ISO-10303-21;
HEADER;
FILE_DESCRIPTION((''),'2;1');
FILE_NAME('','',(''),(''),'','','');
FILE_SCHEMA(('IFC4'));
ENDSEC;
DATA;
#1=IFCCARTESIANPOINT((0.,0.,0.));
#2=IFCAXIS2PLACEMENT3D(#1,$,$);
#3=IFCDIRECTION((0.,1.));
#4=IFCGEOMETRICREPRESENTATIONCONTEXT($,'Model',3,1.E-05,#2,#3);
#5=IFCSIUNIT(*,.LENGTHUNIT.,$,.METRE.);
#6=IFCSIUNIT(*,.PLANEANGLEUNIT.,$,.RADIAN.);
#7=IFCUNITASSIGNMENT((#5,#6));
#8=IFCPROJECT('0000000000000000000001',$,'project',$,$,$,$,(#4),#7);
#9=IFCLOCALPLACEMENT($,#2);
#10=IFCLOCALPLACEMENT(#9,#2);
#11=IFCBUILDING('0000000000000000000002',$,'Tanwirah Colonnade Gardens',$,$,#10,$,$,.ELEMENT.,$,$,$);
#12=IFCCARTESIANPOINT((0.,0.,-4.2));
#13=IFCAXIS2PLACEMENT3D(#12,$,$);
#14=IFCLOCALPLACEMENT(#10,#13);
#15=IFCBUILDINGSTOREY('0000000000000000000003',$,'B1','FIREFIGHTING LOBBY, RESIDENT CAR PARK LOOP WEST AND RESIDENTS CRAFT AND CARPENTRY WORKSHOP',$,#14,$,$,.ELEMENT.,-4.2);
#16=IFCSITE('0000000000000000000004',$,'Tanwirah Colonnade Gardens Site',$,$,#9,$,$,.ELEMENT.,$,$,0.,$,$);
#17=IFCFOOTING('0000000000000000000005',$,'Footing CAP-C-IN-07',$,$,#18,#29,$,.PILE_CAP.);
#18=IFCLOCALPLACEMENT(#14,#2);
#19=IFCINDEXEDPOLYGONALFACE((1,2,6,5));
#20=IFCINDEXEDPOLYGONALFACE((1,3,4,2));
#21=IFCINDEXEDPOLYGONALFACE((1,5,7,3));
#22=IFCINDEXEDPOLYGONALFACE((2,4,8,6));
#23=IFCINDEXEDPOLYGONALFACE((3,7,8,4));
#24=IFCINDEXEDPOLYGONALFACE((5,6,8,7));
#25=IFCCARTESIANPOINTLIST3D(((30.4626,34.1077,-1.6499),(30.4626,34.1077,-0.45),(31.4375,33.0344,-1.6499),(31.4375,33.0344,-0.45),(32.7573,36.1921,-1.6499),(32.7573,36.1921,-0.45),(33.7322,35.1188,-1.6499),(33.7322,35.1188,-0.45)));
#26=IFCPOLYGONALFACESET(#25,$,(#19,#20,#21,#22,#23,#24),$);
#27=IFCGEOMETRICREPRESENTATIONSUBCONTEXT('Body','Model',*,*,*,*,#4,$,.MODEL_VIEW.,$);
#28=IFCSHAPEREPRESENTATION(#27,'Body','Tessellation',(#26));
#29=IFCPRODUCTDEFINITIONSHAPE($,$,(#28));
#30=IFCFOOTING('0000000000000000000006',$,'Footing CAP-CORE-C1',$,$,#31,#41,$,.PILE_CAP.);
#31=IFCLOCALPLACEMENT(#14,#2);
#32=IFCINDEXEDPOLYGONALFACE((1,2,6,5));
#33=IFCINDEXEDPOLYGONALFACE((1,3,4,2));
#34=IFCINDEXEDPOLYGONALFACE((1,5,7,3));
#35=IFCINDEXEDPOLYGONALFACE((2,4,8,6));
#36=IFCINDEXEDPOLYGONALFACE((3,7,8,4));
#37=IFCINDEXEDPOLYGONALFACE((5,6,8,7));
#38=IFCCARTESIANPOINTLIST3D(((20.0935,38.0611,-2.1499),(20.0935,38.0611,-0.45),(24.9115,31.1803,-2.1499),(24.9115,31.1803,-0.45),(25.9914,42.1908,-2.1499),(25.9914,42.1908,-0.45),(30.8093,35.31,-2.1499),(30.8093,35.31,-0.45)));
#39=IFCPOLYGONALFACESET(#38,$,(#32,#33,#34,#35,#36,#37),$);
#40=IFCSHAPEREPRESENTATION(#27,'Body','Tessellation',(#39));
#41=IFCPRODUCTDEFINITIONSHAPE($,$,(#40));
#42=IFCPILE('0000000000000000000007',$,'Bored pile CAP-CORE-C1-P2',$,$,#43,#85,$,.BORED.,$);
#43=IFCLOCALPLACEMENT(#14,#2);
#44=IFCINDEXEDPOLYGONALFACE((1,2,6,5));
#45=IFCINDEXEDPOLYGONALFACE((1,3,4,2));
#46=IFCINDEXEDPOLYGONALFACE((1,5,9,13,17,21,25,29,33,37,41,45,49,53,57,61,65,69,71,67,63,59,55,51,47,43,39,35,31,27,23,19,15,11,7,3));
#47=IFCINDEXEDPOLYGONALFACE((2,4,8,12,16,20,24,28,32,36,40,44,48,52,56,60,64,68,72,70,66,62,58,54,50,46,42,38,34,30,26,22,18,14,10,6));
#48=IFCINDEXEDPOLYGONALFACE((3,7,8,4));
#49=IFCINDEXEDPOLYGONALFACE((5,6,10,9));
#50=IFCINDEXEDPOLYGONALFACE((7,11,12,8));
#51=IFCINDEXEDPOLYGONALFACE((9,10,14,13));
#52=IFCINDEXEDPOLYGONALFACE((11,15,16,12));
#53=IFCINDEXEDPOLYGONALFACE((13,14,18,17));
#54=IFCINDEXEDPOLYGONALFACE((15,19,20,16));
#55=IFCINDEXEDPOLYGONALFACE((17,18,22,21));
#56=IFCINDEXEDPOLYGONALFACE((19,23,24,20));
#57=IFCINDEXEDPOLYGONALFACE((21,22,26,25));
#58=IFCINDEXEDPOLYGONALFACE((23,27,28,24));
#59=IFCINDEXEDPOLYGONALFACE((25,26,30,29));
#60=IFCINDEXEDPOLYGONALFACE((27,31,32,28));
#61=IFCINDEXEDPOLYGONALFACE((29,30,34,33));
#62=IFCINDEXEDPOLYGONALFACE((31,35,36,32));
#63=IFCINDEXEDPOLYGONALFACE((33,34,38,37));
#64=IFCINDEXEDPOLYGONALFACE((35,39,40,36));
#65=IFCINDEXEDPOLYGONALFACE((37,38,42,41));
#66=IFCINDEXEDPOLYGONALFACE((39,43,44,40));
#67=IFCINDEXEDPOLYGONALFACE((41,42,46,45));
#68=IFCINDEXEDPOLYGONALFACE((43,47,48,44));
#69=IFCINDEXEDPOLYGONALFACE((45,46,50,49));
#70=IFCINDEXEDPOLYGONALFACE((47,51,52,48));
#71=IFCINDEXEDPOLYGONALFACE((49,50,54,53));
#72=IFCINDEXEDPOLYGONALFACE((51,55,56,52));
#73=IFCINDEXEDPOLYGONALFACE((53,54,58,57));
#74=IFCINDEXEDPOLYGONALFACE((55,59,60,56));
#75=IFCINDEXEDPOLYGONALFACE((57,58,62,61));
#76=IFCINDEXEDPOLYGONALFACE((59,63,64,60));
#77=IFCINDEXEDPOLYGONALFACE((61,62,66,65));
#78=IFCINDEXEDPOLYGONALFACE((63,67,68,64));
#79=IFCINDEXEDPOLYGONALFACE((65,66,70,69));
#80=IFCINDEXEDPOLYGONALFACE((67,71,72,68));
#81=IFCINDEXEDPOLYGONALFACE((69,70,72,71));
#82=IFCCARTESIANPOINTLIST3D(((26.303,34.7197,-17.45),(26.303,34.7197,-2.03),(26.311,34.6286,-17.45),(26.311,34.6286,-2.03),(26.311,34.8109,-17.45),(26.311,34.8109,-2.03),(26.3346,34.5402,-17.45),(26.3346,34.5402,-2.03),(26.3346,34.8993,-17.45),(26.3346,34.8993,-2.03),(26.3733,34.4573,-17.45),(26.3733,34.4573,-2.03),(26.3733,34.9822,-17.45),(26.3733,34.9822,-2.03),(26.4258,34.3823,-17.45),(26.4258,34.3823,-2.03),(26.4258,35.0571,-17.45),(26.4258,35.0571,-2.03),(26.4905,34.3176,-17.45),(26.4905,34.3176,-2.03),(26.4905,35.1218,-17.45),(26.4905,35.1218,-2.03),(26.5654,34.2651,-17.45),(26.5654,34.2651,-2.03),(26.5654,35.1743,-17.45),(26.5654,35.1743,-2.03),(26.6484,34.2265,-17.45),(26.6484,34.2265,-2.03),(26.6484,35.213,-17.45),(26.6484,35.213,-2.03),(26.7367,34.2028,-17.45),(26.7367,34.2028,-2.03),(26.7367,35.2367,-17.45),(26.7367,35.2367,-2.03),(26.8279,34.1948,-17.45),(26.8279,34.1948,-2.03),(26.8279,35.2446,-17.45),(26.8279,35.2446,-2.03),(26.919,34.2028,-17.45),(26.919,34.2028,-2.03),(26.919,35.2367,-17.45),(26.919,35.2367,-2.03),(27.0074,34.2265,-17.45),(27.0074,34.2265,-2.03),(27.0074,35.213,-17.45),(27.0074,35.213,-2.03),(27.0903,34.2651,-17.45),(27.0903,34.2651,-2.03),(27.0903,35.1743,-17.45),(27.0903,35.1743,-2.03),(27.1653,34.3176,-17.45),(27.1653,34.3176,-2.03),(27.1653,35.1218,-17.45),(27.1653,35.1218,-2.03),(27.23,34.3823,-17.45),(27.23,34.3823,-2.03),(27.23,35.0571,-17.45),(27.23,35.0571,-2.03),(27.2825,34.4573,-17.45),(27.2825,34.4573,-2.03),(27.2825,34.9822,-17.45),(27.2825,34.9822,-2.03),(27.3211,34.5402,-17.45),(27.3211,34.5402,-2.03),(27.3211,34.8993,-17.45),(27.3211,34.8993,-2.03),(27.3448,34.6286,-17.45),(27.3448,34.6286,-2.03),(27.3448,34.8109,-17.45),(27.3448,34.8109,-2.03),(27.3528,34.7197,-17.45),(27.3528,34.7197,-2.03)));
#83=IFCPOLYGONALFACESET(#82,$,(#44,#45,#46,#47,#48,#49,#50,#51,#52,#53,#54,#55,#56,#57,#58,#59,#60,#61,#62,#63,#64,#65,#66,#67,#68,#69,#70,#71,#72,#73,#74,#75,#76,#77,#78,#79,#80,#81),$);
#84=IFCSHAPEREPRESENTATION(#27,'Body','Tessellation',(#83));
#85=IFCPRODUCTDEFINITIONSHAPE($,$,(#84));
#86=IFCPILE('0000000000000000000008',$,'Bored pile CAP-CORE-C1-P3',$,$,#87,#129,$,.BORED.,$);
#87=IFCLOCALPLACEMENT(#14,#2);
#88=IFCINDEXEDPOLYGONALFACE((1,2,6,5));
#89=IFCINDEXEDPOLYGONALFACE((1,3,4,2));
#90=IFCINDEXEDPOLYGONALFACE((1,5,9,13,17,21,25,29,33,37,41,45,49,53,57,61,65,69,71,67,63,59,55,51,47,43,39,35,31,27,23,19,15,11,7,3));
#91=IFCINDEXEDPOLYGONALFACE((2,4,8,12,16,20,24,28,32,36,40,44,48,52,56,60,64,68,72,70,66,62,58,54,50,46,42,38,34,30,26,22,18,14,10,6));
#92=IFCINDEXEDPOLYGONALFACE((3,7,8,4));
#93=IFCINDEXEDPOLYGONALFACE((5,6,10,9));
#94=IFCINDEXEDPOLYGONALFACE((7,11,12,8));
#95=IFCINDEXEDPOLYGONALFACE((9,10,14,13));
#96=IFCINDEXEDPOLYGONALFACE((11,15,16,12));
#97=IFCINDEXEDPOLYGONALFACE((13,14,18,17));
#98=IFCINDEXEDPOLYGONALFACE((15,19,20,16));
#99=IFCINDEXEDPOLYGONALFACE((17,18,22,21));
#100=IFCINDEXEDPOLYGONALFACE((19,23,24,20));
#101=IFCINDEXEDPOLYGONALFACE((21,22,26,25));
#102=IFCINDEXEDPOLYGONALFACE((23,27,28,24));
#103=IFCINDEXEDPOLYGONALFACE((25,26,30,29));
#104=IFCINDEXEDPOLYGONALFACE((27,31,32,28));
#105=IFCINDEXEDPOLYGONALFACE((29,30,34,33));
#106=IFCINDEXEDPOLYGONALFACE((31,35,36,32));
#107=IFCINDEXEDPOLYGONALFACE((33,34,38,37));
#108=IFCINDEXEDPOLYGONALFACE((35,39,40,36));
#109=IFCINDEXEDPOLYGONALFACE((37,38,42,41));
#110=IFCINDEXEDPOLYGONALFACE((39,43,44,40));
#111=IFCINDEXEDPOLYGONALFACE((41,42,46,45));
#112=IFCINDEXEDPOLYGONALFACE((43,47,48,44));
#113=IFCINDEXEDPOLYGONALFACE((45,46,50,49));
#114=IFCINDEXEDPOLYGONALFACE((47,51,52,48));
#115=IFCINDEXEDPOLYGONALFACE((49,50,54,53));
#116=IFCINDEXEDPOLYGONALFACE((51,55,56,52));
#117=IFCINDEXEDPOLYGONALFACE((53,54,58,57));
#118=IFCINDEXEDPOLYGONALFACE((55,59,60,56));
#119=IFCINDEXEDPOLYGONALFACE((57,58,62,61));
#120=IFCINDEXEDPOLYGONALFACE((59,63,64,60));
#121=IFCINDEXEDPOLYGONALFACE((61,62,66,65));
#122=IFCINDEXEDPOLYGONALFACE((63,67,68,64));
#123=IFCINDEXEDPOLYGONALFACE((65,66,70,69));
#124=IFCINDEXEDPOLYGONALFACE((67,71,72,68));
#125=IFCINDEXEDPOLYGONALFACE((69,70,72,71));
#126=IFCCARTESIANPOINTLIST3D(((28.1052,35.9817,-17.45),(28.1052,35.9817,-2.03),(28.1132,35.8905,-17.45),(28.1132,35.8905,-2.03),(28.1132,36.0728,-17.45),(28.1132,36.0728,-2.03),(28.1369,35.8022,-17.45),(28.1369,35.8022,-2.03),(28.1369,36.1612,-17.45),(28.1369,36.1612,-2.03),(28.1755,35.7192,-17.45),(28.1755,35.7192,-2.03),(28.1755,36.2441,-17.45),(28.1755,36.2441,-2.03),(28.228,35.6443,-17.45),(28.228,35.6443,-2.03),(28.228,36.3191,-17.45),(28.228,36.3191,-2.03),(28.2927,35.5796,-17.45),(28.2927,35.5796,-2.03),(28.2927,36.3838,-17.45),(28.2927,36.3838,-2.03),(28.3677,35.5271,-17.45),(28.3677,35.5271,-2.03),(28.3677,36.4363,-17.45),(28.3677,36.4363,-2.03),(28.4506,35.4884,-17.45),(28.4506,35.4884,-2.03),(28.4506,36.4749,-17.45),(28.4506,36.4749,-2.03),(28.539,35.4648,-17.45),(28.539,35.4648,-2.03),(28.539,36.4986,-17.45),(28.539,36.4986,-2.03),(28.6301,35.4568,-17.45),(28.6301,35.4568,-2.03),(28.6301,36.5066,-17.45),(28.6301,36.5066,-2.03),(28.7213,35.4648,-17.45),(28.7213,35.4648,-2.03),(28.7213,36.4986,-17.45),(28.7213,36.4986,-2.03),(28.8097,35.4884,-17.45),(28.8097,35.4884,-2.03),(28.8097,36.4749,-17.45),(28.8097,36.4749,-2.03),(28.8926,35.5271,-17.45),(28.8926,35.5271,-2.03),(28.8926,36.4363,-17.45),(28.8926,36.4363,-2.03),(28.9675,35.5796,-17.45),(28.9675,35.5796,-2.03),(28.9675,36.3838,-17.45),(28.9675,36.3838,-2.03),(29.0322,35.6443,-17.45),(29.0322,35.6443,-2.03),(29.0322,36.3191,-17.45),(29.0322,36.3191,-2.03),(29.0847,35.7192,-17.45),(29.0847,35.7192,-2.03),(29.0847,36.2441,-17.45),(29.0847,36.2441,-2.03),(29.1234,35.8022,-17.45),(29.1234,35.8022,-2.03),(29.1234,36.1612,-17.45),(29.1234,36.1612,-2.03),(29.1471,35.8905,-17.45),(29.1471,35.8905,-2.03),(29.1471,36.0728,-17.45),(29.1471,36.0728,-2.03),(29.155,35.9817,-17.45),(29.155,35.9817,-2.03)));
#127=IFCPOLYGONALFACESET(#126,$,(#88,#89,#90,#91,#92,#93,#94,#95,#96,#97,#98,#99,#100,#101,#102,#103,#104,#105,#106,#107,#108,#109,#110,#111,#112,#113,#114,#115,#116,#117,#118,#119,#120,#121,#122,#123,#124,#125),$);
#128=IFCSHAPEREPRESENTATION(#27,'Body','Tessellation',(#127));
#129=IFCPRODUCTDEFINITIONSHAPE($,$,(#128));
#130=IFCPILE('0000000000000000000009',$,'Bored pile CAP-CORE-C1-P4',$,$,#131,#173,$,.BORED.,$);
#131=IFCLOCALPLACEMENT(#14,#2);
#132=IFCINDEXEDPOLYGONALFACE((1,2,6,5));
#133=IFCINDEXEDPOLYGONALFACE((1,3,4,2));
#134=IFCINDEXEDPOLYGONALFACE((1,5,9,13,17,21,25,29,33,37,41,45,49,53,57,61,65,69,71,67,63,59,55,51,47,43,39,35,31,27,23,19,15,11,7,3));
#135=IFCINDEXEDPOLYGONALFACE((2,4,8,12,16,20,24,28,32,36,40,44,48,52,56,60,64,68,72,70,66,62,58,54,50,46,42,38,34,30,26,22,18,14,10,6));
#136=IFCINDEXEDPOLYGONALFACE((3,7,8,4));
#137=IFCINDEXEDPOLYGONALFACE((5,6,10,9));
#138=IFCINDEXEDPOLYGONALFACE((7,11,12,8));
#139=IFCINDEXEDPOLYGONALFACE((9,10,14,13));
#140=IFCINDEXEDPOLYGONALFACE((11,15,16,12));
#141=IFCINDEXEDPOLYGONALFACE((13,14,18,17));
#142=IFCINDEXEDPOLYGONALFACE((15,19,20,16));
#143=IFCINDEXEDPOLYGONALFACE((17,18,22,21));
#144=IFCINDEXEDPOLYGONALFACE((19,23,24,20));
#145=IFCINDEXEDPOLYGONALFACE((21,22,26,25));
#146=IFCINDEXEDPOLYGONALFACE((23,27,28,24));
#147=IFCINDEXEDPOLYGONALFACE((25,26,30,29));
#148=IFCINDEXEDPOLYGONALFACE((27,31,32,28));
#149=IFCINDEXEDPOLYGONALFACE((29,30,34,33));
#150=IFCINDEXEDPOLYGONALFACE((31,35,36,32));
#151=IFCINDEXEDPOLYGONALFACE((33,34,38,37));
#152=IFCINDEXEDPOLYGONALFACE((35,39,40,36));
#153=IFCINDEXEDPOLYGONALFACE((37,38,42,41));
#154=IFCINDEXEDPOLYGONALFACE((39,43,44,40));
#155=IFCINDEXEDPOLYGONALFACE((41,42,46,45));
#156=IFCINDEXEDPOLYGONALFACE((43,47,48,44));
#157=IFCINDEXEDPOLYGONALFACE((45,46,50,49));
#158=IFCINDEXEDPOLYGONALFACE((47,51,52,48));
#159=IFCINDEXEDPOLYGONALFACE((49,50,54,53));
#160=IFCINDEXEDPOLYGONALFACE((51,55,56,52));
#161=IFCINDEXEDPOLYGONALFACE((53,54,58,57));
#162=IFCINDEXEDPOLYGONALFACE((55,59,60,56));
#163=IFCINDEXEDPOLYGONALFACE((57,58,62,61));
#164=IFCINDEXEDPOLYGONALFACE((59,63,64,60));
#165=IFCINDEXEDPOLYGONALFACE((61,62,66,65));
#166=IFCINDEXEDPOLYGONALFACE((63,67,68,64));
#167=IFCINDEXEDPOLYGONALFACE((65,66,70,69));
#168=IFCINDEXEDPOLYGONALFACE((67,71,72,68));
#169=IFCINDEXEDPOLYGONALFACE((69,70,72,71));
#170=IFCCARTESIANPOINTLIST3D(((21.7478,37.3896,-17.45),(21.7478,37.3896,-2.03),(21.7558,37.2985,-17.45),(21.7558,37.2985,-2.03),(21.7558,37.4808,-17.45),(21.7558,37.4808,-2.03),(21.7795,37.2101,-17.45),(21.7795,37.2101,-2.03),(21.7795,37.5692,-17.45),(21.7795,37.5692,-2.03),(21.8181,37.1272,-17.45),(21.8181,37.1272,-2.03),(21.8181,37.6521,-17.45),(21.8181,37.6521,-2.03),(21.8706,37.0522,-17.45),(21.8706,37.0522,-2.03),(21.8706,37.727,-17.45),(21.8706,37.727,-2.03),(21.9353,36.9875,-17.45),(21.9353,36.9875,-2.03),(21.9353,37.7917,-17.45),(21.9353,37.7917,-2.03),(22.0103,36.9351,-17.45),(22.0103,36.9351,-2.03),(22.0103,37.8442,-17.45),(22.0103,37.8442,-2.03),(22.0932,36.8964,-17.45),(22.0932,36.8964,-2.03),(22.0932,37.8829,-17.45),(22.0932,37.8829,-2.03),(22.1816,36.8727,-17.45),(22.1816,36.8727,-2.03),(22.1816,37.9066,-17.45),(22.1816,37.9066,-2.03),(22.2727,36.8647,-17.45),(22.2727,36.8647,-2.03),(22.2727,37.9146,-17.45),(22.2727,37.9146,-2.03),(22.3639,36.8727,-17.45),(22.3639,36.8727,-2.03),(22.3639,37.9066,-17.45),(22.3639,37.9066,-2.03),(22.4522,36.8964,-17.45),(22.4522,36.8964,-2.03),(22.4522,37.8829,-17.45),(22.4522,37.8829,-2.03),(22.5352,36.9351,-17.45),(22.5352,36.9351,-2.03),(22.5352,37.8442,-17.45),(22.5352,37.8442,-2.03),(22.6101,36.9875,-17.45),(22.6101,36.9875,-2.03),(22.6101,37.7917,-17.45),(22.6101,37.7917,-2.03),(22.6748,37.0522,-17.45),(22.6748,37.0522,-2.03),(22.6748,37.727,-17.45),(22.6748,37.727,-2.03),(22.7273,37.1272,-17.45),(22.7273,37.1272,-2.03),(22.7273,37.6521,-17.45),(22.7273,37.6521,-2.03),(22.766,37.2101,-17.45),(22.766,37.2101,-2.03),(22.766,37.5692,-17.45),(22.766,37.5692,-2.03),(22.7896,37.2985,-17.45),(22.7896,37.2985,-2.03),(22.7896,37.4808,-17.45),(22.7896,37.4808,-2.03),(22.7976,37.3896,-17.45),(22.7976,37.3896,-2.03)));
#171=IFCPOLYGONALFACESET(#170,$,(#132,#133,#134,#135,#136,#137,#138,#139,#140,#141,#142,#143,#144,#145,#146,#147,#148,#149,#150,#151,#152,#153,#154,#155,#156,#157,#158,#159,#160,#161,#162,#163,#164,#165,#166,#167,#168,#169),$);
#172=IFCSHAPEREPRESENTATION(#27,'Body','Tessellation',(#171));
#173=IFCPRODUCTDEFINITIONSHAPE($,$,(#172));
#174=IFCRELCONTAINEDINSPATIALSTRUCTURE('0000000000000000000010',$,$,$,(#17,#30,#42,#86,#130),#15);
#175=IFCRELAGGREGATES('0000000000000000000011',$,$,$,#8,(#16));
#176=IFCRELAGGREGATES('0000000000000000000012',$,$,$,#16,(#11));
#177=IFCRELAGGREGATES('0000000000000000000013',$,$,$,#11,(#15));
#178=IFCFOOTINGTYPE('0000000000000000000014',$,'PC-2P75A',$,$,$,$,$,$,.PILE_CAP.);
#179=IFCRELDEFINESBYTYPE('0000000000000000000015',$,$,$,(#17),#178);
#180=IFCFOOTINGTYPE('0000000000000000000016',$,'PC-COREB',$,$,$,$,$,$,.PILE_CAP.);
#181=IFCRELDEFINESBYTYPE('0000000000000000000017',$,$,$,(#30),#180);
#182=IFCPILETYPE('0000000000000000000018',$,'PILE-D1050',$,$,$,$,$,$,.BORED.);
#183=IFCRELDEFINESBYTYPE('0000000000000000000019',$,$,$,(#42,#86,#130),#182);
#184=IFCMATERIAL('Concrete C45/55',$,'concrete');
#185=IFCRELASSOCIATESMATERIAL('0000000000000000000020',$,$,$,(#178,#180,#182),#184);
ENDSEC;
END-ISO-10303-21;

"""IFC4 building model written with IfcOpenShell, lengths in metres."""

from ifc_helpers import new_model, si_unit, direction, frame, origin, origin_2d, place, context, subcontext, project, spatial, rectangle, circle, extrude, material, material_profile, profile_set, type_object, element, save


model = new_model("IFC4")

# Units and contexts
model_context = context("Model", 3, precision=1e-05, world=origin(), true_north=direction((0.0, 1.0)))
body_context = subcontext(model_context, "Body", "Model", "MODEL_VIEW")
ifc_project = project(units=[si_unit("LENGTHUNIT", "METRE"), si_unit("PLANEANGLEUNIT", "RADIAN")], contexts=[model_context])

# Site, building, storey
site_placement = place(None, origin())
site = spatial("IfcSite", under=ifc_project, at=site_placement, Name="Tanwirah Colonnade Gardens Site", CompositionType="ELEMENT", RefElevation=0.0)
building_placement = place(site_placement, origin())
building = spatial("IfcBuilding", under=site, at=building_placement, Name="Tanwirah Colonnade Gardens", CompositionType="ELEMENT")
storey_placement = place(building_placement, frame((0.0, 0.0, -4.2)))
storey = spatial("IfcBuildingStorey", under=building, at=storey_placement, Name="B1", Description="FIREFIGHTING LOBBY, RESIDENT CAR PARK LOOP WEST AND RESIDENTS CRAFT AND CARPENTRY WORKSHOP", CompositionType="ELEMENT", Elevation=-4.2)

# Footings
ifc_material_1 = material(Name="Concrete C45/55", Category="concrete")
footing_type_1 = type_object("IfcFootingType", Name="PC-2P75A", PredefinedType="PILE_CAP", material=ifc_material_1)
footing_1_placement = place(storey_placement, frame((32.0974, 34.6133, -1.6499), z_axis=(0.0, 0.0, 1.0), x_axis=(-0.740218, -0.672367, 0.0)))
element("IfcFooting", 1, at=footing_1_placement, inside=storey, type_object=footing_type_1, Name="Footing CAP-C-IN-07", PredefinedType="PILE_CAP", context=body_context, shape_type="SweptSolid", body=[
    extrude(rectangle(XDim=3.1001, YDim=1.45, at=origin_2d()), origin(), (0.0, 0.0, 1.0), 1.2),
])
footing_type_2 = type_object("IfcFootingType", Name="PC-COREB", PredefinedType="PILE_CAP", material=ifc_material_1)
footing_2_placement = place(storey_placement, frame((25.4514, 36.6855, -2.1499), z_axis=(0.0, 0.0, 1.0), x_axis=(0.819152, 0.573576, 0.0)))
element("IfcFooting", 2, at=footing_2_placement, inside=storey, type_object=footing_type_2, Name="Footing CAP-CORE-C1", PredefinedType="PILE_CAP", context=body_context, shape_type="SweptSolid", body=[
    extrude(rectangle(XDim=7.2, YDim=8.3999, at=origin_2d()), origin(), (0.0, 0.0, 1.0), 1.7),
])

# Piles
ifc_material_profile_1 = material_profile(ifc_material_1, circle(Radius=0.5249, at=origin_2d()), Name="PILE D1050")
ifc_profile_set_1 = profile_set([ifc_material_profile_1], Name="Concrete C45/55")
pile_type_1 = type_object("IfcPileType", Name="PILE-D1050", PredefinedType="BORED", material=ifc_profile_set_1)
for number, where, z_axis, x_axis, name in (
    (3, (26.8279, 34.7197, -2.03), (0.0, 0.0, -1.0), (1.0, 0.0, 0.0), "Bored pile CAP-CORE-C1-P2"),
    (4, (28.6301, 35.9817, -2.03), (0.0, 0.0, -1.0), (1.0, 0.0, 0.0), "Bored pile CAP-CORE-C1-P3"),
    (5, (22.2727, 37.3896, -2.03), (0.0, 0.0, -1.0), (1.0, 0.0, 0.0), "Bored pile CAP-CORE-C1-P4"),
):
    element("IfcPile", number, at=place(storey_placement, frame(where, z_axis=z_axis, x_axis=x_axis)), inside=storey, type_object=pile_type_1, Name=name, PredefinedType="BORED", context=body_context, shape_type="SweptSolid", body=[
        extrude(circle(Radius=0.5249, at=origin_2d()), origin(), (0.0, 0.0, 1.0), 15.4199),
    ])

save(model, "model.ifc")
